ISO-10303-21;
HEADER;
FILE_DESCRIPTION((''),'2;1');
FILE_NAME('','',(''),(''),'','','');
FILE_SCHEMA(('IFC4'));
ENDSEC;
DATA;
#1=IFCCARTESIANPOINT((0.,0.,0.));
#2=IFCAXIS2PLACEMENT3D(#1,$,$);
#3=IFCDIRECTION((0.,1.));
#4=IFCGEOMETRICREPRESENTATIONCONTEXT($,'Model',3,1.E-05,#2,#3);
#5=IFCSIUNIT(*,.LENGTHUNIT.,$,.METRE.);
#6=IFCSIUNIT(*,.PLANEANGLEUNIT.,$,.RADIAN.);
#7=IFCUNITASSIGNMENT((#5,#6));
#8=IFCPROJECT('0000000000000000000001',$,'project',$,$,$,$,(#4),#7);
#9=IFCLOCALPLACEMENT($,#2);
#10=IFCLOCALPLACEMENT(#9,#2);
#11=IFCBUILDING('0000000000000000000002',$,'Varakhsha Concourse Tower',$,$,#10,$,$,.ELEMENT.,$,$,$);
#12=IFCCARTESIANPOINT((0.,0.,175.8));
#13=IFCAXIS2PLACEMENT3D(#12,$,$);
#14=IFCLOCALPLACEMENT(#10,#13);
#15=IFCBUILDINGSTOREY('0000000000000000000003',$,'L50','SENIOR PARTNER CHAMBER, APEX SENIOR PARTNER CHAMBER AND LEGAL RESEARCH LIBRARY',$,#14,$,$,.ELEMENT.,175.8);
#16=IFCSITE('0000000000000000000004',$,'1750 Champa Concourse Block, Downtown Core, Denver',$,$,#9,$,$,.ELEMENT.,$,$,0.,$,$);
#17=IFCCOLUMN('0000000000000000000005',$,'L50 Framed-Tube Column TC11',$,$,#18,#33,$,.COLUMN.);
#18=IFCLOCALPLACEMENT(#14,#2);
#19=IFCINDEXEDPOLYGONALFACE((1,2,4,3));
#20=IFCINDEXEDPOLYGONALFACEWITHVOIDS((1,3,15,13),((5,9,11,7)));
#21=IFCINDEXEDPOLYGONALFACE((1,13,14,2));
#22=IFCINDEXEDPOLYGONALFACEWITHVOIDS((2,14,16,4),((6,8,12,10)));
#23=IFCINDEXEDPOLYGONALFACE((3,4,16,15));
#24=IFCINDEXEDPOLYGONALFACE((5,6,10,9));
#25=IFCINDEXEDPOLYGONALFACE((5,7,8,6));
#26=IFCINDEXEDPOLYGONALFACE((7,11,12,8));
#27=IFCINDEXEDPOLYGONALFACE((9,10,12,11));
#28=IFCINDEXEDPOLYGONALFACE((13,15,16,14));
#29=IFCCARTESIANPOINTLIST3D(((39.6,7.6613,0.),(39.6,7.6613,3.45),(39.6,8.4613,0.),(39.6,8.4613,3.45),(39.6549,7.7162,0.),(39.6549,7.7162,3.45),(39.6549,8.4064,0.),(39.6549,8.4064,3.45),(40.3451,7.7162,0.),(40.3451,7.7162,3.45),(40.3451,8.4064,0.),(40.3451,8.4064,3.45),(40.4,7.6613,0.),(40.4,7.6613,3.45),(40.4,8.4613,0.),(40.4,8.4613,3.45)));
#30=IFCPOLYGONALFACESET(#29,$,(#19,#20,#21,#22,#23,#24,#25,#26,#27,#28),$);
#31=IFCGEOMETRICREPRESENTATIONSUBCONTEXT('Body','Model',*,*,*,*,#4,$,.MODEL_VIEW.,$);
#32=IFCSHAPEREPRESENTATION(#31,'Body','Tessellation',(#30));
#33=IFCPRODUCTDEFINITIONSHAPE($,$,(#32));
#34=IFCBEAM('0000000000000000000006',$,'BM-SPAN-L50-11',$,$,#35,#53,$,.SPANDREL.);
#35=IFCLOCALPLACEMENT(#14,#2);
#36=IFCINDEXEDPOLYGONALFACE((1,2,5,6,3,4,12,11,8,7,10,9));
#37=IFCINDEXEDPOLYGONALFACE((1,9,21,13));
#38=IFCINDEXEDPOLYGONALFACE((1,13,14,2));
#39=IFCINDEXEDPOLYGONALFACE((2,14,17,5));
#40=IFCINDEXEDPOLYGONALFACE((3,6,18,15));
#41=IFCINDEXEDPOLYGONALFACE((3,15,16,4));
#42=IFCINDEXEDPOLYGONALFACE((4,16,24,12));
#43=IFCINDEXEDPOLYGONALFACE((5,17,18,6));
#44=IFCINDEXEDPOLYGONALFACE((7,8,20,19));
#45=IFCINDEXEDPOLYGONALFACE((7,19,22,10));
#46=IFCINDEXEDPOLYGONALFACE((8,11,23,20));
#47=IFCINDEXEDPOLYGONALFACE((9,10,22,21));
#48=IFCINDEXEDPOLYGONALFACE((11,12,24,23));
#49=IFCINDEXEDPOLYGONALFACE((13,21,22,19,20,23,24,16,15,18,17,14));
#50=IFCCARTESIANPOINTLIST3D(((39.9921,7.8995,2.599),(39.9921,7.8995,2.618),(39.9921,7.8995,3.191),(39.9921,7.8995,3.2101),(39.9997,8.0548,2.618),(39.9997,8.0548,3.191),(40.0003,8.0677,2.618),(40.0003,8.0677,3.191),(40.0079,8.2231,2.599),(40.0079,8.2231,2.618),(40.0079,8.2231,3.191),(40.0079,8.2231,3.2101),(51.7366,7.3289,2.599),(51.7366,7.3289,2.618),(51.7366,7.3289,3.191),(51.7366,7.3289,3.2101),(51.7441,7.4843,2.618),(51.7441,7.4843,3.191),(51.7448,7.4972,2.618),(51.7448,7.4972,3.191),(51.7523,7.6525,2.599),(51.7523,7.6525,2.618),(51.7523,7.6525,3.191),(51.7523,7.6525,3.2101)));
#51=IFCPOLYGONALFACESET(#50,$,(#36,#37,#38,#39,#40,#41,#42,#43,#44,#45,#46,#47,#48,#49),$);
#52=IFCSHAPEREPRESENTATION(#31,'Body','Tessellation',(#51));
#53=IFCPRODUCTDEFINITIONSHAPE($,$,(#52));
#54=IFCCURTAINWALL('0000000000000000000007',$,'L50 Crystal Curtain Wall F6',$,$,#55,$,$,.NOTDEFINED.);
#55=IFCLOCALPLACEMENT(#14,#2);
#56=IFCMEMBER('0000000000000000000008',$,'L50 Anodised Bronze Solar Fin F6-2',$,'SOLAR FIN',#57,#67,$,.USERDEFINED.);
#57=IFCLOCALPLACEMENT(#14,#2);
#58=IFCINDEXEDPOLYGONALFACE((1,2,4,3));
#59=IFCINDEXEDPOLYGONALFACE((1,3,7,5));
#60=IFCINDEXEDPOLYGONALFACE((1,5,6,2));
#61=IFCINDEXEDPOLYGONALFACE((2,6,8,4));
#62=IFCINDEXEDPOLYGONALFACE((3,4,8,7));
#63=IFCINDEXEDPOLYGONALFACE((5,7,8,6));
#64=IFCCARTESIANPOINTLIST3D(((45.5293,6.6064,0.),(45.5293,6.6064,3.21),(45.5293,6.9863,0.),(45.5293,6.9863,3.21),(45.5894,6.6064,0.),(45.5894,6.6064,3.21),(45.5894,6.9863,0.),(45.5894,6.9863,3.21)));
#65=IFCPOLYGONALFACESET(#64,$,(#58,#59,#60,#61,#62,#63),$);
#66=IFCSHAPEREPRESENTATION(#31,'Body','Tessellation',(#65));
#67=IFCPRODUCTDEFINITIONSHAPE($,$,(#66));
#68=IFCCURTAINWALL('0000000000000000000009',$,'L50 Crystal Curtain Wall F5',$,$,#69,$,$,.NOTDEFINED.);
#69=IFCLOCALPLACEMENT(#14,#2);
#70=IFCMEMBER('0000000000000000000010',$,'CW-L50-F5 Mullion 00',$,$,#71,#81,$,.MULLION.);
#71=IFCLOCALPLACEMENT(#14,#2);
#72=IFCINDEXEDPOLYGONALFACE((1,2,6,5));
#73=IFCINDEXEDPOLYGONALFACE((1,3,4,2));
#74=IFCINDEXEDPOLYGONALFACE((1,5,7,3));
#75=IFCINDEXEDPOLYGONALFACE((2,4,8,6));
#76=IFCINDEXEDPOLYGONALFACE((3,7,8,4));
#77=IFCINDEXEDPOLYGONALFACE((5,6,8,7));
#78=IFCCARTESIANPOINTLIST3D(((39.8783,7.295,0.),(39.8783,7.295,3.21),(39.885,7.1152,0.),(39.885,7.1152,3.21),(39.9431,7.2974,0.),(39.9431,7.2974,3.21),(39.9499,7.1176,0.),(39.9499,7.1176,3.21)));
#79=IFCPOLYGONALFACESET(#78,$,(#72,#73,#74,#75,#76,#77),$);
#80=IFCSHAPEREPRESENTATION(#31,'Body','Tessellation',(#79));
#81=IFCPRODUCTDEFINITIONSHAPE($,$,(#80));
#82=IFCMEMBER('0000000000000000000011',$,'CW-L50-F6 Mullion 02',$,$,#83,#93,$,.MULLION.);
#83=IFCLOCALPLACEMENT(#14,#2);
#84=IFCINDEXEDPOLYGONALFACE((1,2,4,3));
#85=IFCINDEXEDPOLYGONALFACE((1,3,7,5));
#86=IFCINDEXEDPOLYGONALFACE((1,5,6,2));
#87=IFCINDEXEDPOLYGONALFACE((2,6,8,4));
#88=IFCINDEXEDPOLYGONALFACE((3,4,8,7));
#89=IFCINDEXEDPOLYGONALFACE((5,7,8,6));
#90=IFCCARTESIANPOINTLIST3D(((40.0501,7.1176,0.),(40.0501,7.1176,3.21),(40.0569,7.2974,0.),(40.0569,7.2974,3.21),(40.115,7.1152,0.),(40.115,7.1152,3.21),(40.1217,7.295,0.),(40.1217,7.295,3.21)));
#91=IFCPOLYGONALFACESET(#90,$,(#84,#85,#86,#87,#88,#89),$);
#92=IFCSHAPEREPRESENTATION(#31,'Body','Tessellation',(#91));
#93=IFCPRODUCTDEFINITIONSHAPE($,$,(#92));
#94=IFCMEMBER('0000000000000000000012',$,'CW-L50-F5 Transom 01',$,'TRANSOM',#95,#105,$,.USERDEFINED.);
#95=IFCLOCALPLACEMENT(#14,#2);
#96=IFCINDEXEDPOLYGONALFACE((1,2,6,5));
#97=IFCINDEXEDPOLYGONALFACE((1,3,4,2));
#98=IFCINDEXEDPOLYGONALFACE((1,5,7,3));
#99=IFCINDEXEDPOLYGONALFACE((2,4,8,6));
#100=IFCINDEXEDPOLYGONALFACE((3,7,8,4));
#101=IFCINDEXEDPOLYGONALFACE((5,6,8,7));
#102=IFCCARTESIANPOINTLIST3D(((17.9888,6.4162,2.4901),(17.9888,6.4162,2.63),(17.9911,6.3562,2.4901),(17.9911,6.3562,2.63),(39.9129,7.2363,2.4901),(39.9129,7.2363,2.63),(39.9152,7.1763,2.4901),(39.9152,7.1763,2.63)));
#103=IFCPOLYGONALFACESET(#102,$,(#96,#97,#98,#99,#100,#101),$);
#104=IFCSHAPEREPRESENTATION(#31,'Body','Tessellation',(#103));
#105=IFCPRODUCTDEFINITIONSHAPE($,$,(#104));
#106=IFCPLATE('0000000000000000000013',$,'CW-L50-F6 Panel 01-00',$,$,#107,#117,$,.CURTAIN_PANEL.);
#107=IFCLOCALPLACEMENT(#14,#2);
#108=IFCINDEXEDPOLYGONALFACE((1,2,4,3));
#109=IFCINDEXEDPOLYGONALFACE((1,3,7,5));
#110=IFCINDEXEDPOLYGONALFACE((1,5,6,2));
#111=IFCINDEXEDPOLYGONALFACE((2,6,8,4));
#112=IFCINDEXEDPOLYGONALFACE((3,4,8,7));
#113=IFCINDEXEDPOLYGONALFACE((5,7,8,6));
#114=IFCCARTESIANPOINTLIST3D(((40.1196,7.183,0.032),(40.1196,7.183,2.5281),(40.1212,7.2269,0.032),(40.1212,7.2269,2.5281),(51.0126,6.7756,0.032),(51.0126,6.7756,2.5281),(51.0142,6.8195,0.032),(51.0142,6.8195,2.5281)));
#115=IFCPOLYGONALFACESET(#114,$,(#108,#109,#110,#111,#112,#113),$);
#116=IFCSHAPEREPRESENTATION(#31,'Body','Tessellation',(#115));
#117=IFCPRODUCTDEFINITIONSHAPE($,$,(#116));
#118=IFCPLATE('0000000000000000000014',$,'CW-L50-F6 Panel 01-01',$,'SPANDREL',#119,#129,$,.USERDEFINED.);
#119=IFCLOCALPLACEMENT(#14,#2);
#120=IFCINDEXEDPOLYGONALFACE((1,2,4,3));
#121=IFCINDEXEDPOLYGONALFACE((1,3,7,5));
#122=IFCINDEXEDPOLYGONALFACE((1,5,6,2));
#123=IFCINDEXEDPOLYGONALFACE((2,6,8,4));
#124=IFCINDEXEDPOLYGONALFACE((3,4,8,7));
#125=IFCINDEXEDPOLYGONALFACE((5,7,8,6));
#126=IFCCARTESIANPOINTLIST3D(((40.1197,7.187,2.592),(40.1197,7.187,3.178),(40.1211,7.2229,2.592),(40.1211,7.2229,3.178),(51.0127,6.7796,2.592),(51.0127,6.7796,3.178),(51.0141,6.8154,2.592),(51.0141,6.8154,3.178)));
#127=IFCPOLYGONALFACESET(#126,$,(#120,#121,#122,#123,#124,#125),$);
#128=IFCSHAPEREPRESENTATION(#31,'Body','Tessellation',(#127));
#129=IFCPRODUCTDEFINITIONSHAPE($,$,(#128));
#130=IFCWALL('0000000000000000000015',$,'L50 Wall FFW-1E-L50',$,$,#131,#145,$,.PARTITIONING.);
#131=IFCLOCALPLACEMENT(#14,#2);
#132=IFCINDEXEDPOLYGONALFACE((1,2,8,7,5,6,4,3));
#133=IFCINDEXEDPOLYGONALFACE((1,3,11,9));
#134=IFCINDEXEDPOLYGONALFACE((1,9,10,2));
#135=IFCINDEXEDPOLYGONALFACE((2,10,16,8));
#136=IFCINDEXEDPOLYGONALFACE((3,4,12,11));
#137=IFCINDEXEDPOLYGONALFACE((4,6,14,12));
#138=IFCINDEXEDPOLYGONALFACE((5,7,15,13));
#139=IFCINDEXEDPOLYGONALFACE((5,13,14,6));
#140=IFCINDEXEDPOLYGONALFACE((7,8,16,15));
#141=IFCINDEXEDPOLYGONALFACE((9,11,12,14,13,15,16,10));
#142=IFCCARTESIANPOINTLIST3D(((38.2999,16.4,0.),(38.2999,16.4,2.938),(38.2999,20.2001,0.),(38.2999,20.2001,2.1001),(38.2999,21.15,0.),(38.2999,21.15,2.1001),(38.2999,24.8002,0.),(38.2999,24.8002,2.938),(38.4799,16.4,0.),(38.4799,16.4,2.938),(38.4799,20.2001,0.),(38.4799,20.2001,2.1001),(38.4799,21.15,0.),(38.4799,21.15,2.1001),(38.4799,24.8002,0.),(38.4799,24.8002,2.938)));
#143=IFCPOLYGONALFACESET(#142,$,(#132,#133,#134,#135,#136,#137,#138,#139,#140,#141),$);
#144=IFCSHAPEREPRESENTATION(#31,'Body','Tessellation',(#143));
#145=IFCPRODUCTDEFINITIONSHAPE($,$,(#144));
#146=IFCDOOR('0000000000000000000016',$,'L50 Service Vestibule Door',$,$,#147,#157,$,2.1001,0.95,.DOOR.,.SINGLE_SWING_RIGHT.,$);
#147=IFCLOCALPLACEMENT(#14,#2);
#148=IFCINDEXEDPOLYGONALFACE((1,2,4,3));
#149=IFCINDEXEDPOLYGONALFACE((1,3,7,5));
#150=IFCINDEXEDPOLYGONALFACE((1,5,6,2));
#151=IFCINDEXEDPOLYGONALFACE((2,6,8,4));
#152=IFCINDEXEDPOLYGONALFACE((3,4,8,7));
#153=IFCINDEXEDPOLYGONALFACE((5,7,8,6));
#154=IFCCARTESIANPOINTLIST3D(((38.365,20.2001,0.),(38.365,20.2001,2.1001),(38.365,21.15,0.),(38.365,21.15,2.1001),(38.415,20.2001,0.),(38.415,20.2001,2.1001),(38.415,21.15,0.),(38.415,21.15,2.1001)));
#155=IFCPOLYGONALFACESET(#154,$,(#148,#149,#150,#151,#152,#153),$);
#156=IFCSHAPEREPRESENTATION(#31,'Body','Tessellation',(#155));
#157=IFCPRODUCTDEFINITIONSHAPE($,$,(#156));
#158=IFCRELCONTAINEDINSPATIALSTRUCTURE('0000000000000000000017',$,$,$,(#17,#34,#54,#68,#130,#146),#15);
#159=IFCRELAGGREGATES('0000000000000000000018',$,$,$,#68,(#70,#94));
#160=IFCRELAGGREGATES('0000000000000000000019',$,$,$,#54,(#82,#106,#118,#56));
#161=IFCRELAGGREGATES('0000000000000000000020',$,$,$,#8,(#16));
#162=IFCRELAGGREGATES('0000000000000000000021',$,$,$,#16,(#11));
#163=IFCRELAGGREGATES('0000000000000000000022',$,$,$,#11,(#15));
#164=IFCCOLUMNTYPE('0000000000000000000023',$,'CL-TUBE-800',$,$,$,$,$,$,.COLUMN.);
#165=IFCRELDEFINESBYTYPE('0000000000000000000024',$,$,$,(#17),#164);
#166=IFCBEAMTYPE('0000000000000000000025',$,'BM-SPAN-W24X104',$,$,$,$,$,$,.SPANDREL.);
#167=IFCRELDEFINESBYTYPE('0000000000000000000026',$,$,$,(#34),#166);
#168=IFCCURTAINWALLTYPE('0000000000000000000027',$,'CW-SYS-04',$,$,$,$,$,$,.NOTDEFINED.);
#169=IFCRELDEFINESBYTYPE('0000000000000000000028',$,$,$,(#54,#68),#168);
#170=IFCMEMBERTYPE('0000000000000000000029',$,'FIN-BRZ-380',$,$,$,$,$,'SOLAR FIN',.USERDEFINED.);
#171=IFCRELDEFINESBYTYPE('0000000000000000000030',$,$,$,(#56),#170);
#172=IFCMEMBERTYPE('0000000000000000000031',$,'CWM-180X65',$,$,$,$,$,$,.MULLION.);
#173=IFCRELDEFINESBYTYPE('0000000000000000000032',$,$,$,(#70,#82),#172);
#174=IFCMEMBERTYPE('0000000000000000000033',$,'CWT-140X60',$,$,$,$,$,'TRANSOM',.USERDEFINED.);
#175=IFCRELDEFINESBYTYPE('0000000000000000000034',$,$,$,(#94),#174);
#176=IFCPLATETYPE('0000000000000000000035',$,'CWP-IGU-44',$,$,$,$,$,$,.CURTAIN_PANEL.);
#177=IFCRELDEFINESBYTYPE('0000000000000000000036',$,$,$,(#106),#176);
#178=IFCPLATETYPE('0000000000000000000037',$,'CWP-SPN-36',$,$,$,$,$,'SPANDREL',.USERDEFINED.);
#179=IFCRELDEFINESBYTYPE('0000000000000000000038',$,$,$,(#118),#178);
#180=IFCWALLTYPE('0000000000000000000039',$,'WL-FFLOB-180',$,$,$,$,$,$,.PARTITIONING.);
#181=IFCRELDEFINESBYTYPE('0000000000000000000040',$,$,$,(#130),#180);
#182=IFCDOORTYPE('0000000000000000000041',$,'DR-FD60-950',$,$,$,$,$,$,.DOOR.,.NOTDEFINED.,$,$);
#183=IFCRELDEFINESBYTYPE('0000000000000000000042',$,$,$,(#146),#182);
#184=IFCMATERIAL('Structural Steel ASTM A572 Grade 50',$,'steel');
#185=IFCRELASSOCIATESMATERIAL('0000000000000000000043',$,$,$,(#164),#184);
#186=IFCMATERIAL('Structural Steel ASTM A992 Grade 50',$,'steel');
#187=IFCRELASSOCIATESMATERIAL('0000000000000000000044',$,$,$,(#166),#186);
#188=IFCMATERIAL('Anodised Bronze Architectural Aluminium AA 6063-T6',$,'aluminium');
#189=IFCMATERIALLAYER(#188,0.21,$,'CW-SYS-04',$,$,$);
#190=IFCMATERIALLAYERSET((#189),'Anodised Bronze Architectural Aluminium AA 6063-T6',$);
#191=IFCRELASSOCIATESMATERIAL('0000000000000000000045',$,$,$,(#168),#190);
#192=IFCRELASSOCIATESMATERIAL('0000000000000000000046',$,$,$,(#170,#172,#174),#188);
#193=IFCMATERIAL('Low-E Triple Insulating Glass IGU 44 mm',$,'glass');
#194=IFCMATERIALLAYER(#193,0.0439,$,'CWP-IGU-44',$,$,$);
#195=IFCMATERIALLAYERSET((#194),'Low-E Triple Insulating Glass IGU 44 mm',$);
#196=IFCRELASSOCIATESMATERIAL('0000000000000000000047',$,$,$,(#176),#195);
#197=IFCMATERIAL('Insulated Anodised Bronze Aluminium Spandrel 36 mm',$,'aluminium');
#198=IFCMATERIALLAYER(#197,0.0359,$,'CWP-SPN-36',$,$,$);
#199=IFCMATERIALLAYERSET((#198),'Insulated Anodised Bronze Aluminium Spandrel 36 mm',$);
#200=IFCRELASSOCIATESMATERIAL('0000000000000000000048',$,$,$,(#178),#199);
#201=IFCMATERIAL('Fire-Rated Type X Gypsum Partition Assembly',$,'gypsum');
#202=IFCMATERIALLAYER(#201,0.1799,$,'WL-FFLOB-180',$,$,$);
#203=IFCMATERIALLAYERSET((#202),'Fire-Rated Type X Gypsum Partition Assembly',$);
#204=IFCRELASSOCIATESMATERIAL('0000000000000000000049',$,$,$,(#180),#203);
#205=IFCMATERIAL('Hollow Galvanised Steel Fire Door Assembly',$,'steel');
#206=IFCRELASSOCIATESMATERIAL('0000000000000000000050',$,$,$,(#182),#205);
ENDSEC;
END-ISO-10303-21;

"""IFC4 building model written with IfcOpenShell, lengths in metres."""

from ifc_helpers import new_model, si_unit, direction, frame, frame_2d, origin, origin_2d, place, context, subcontext, project, spatial, rectangle, hollow_rectangle, i_section, extrude, source, transform, mapped, material, layer, layer_set, material_profile, profile_set, type_object, type_shapes, element, fill, aggregate, save


model = new_model("IFC4")

# Units and contexts
model_context = context("Model", 3, precision=1e-05, world=origin(), true_north=direction((0.0, 1.0)))
body_context = subcontext(model_context, "Body", "Model", "MODEL_VIEW")
ifc_project = project(units=[si_unit("LENGTHUNIT", "METRE"), si_unit("PLANEANGLEUNIT", "RADIAN")], contexts=[model_context])

# Site, building, storey
site_placement = place(None, origin())
site = spatial("IfcSite", under=ifc_project, at=site_placement, Name="1750 Champa Concourse Block, Downtown Core, Denver", CompositionType="ELEMENT", RefElevation=0.0)
building_placement = place(site_placement, origin())
building = spatial("IfcBuilding", under=site, at=building_placement, Name="Varakhsha Concourse Tower", CompositionType="ELEMENT")
storey_placement = place(building_placement, frame((0.0, 0.0, 175.8)))
storey = spatial("IfcBuildingStorey", under=building, at=storey_placement, Name="L50", Description="SENIOR PARTNER CHAMBER, APEX SENIOR PARTNER CHAMBER AND LEGAL RESEARCH LIBRARY", CompositionType="ELEMENT", Elevation=175.8)

# Column
ifc_material_1 = material(Name="Structural Steel ASTM A572 Grade 50", Category="steel")
ifc_material_profile_1 = material_profile(ifc_material_1, hollow_rectangle(XDim=0.8, YDim=0.8, WallThickness=0.0549, at=origin_2d()), Name="BOX 800x800x55")
ifc_profile_set_1 = profile_set([ifc_material_profile_1], Name="Structural Steel ASTM A572 Grade 50")
column_type = type_object("IfcColumnType", Name="CL-TUBE-800", PredefinedType="COLUMN", material=ifc_profile_set_1)
column_placement = place(storey_placement, frame((40.0, 8.0613, 0.0), z_axis=(0.0, 0.0, 1.0), x_axis=(1.0, 0.0, 0.0)))
element("IfcColumn", 1, at=column_placement, inside=storey, type_object=column_type, Name="L50 Framed-Tube Column TC11", PredefinedType="COLUMN", context=body_context, shape_type="SweptSolid", body=[
    extrude(hollow_rectangle(XDim=0.8, YDim=0.8, WallThickness=0.0549, at=origin_2d()), origin(), (0.0, 0.0, 1.0), 3.45),
])

# Beam
ifc_material_2 = material(Name="Structural Steel ASTM A992 Grade 50", Category="steel")
ifc_material_profile_2 = material_profile(ifc_material_2, i_section(OverallWidth=0.324, OverallDepth=0.6111, WebThickness=0.0129, FlangeThickness=0.019, at=origin_2d()), Name="W24X104")
ifc_profile_set_2 = profile_set([ifc_material_profile_2], Name="Structural Steel ASTM A992 Grade 50")
beam_type = type_object("IfcBeamType", Name="BM-SPAN-W24X104", PredefinedType="SPANDREL", material=ifc_profile_set_2)
beam_placement = place(storey_placement, frame((40.0, 8.0613, 2.9045), z_axis=(0.998822, -0.048524, 0.0), x_axis=(0.048524, 0.998822, 0.0)))
element("IfcBeam", 2, at=beam_placement, inside=storey, type_object=beam_type, Name="BM-SPAN-L50-11", PredefinedType="SPANDREL", context=body_context, shape_type="SweptSolid", body=[
    extrude(i_section(OverallWidth=0.324, OverallDepth=0.6111, WebThickness=0.0129, FlangeThickness=0.019, at=origin_2d()), origin(), (0.0, 0.0, 1.0), 11.7583),
])

# Curtain walls, members
ifc_material_3 = material(Name="Anodised Bronze Architectural Aluminium AA 6063-T6", Category="aluminium")
ifc_layer_1 = layer(ifc_material_3, 0.21, Name="CW-SYS-04")
ifc_layer_set_1 = layer_set([ifc_layer_1], Name="Anodised Bronze Architectural Aluminium AA 6063-T6")
curtain_wall_type = type_object("IfcCurtainWallType", Name="CW-SYS-04", PredefinedType="NOTDEFINED", material=ifc_layer_set_1)
curtain_wall_1_placement = place(storey_placement, origin())
curtain_wall_1 = element("IfcCurtainWall", 3, at=curtain_wall_1_placement, inside=storey, type_object=curtain_wall_type, Name="L50 Crystal Curtain Wall F6", PredefinedType="NOTDEFINED")
ifc_material_profile_3 = material_profile(ifc_material_3, rectangle(XDim=0.0601, YDim=0.3799, at=origin_2d()), Name="FIN-BRZ-380")
ifc_profile_set_3 = profile_set([ifc_material_profile_3], Name="Anodised Bronze Architectural Aluminium AA 6063-T6")
member_type_1 = type_object("IfcMemberType", Name="FIN-BRZ-380", ElementType="SOLAR FIN", PredefinedType="USERDEFINED", material=ifc_profile_set_3)
shared_shape_1 = source(origin(), body_context, "Body", "SweptSolid", [
    extrude(rectangle(XDim=0.0601, YDim=0.3799, at=origin_2d()), origin(), (0.0, 0.0, 1.0), 3.21),
])
type_shapes(member_type_1, [shared_shape_1])
member_1_placement = place(storey_placement, frame((45.5593, 6.7964, 0.0), z_axis=(0.0, 0.0, 1.0), x_axis=(1.0, 0.0, 0.0)))
member_1 = element("IfcMember", 4, at=member_1_placement, type_object=member_type_1, Name="L50 Anodised Bronze Solar Fin F6-2", ObjectType="SOLAR FIN", PredefinedType="USERDEFINED", context=body_context, shape_type="MappedRepresentation", body=[
    mapped(shared_shape_1, transform((0.0, 0.0, 0.0), scale=1.0)),
])
curtain_wall_2_placement = place(storey_placement, origin())
curtain_wall_2 = element("IfcCurtainWall", 5, at=curtain_wall_2_placement, inside=storey, type_object=curtain_wall_type, Name="L50 Crystal Curtain Wall F5", PredefinedType="NOTDEFINED")
ifc_material_profile_4 = material_profile(ifc_material_3, rectangle(XDim=0.0649, YDim=0.1799, at=origin_2d()), Name="CWM-180X65")
ifc_profile_set_4 = profile_set([ifc_material_profile_4], Name="Anodised Bronze Architectural Aluminium AA 6063-T6")
member_type_2 = type_object("IfcMemberType", Name="CWM-180X65", PredefinedType="MULLION", material=ifc_profile_set_4)
shared_shape_2 = source(origin(), body_context, "Body", "SweptSolid", [
    extrude(rectangle(XDim=0.0649, YDim=0.1799, at=origin_2d()), origin(), (0.0, 0.0, 1.0), 3.21),
])
type_shapes(member_type_2, [shared_shape_2])
member_2_placement = place(storey_placement, frame((39.9141, 7.2063, 0.0), z_axis=(0.0, 0.0, 1.0), x_axis=(-0.999301, -0.037376, 0.0)))
member_2 = element("IfcMember", 6, at=member_2_placement, type_object=member_type_2, Name="CW-L50-F5 Mullion 00", PredefinedType="MULLION", context=body_context, shape_type="MappedRepresentation", body=[
    mapped(shared_shape_2, transform((0.0, 0.0, 0.0), scale=1.0)),
])

# Members
member_3_placement = place(storey_placement, frame((40.0859, 7.2063, 0.0), z_axis=(0.0, 0.0, 1.0), x_axis=(-0.999301, 0.037376, 0.0)))
member_3 = element("IfcMember", 7, at=member_3_placement, type_object=member_type_2, Name="CW-L50-F6 Mullion 02", PredefinedType="MULLION", context=body_context, shape_type="MappedRepresentation", body=[
    mapped(shared_shape_2, transform((0.0, 0.0, 0.0), scale=1.0)),
])
ifc_material_profile_5 = material_profile(ifc_material_3, rectangle(XDim=0.0601, YDim=0.1399, at=origin_2d()), Name="CWT-140X60")
ifc_profile_set_5 = profile_set([ifc_material_profile_5], Name="Anodised Bronze Architectural Aluminium AA 6063-T6")
member_type_3 = type_object("IfcMemberType", Name="CWT-140X60", ElementType="TRANSOM", PredefinedType="USERDEFINED", material=ifc_profile_set_5)
shared_shape_3 = source(origin(), body_context, "Body", "SweptSolid", [
    extrude(rectangle(XDim=0.0601, YDim=0.1399, at=origin_2d()), origin(), (0.0, 0.0, 1.0), 21.9395),
])
type_shapes(member_type_3, [shared_shape_3])
member_4_placement = place(storey_placement, frame((39.9141, 7.2063, 2.5601), z_axis=(-0.999301, -0.037379, 0.0), x_axis=(0.037379, -0.999301, 0.0)))
member_4 = element("IfcMember", 8, at=member_4_placement, type_object=member_type_3, Name="CW-L50-F5 Transom 01", ObjectType="TRANSOM", PredefinedType="USERDEFINED", context=body_context, shape_type="MappedRepresentation", body=[
    mapped(shared_shape_3, transform((0.0, 0.0, 0.0), scale=1.0)),
])
aggregate(curtain_wall_2, [member_2, member_4])

# Plates
ifc_material_4 = material(Name="Low-E Triple Insulating Glass IGU 44 mm", Category="glass")
ifc_layer_2 = layer(ifc_material_4, 0.0439, Name="CWP-IGU-44")
ifc_layer_set_2 = layer_set([ifc_layer_2], Name="Low-E Triple Insulating Glass IGU 44 mm")
plate_type_1 = type_object("IfcPlateType", Name="CWP-IGU-44", PredefinedType="CURTAIN_PANEL", material=ifc_layer_set_2)
shared_shape_4 = source(origin(), body_context, "Body", "SweptSolid", [
    extrude(rectangle(XDim=10.9006, YDim=0.0439, at=origin_2d()), origin(), (0.0, 0.0, 1.0), 2.4961),
])
type_shapes(plate_type_1, [shared_shape_4])
plate_1_placement = place(storey_placement, frame((45.5669, 7.0012, 0.032), z_axis=(0.0, 0.0, 1.0), x_axis=(-0.999301, 0.037376, 0.0)))
plate_1 = element("IfcPlate", 9, at=plate_1_placement, type_object=plate_type_1, Name="CW-L50-F6 Panel 01-00", PredefinedType="CURTAIN_PANEL", context=body_context, shape_type="MappedRepresentation", body=[
    mapped(shared_shape_4, transform((0.0, 0.0, 0.0), scale=1.0)),
])
ifc_material_5 = material(Name="Insulated Anodised Bronze Aluminium Spandrel 36 mm", Category="aluminium")
ifc_layer_3 = layer(ifc_material_5, 0.0359, Name="CWP-SPN-36")
ifc_layer_set_3 = layer_set([ifc_layer_3], Name="Insulated Anodised Bronze Aluminium Spandrel 36 mm")
plate_type_2 = type_object("IfcPlateType", Name="CWP-SPN-36", ElementType="SPANDREL", PredefinedType="USERDEFINED", material=ifc_layer_set_3)
shared_shape_5 = source(origin(), body_context, "Body", "SweptSolid", [
    extrude(rectangle(XDim=10.9006, YDim=0.0359, at=origin_2d()), origin(), (0.0, 0.0, 1.0), 0.5859),
])
type_shapes(plate_type_2, [shared_shape_5])
plate_2_placement = place(storey_placement, frame((45.5669, 7.0012, 2.592), z_axis=(0.0, 0.0, 1.0), x_axis=(-0.999301, 0.037376, 0.0)))
plate_2 = element("IfcPlate", 10, at=plate_2_placement, type_object=plate_type_2, Name="CW-L50-F6 Panel 01-01", ObjectType="SPANDREL", PredefinedType="USERDEFINED", context=body_context, shape_type="MappedRepresentation", body=[
    mapped(shared_shape_5, transform((0.0, 0.0, 0.0), scale=1.0)),
])
aggregate(curtain_wall_1, [member_3, plate_1, plate_2, member_1])

# Wall, opening, door
ifc_material_6 = material(Name="Fire-Rated Type X Gypsum Partition Assembly", Category="gypsum")
ifc_layer_4 = layer(ifc_material_6, 0.1799, Name="WL-FFLOB-180")
ifc_layer_set_4 = layer_set([ifc_layer_4], Name="Fire-Rated Type X Gypsum Partition Assembly")
wall_type_1 = type_object("IfcWallType", Name="WL-FFLOB-180", PredefinedType="PARTITIONING", material=ifc_layer_set_4)
wall_1_placement = place(storey_placement, frame((38.3899, 16.3999, 0.0), z_axis=(0.0, 0.0, 1.0), x_axis=(0.0, 1.0, 0.0)))
wall_1 = element("IfcWall", 11, at=wall_1_placement, inside=storey, type_object=wall_type_1, Name="L50 Wall FFW-1E-L50", PredefinedType="PARTITIONING", context=body_context, shape_type="SweptSolid", body=[
    extrude(rectangle(XDim=8.4001, YDim=0.1799, at=frame_2d((4.2002, 0.0))), origin(), (0.0, 0.0, 1.0), 2.938),
])
opening_1_placement = place(wall_1_placement, frame((3.8, 0.0, 0.0)))
opening_1 = element("IfcOpeningElement", 12, at=opening_1_placement, cuts=wall_1, PredefinedType="OPENING", context=body_context, shape_type="SweptSolid", body=[
    extrude(rectangle(XDim=0.95, YDim=2.1001, at=frame_2d((0.4751, 1.05))), frame((0.0, 0.0999, 0.0), z_axis=(0.0, -1.0, 0.0), x_axis=(1.0, 0.0, 0.0)), (0.0, 0.0, 1.0), 0.2),
])
ifc_material_7 = material(Name="Hollow Galvanised Steel Fire Door Assembly", Category="steel")
door_type_1 = type_object("IfcDoorType", Name="DR-FD60-950", OperationType="NOTDEFINED", PredefinedType="DOOR", material=ifc_material_7)
door_1_placement = place(opening_1_placement, origin())
door_1 = element("IfcDoor", 13, at=door_1_placement, inside=storey, type_object=door_type_1, Name="L50 Service Vestibule Door", OperationType="SINGLE_SWING_RIGHT", OverallHeight=2.1001, OverallWidth=0.95, PredefinedType="DOOR", context=body_context, shape_type="SweptSolid", body=[
    extrude(rectangle(XDim=0.95, YDim=2.1001, at=frame_2d((0.4751, 1.05))), frame((0.0, 0.0249, 0.0), z_axis=(0.0, -1.0, 0.0), x_axis=(1.0, 0.0, 0.0)), (0.0, 0.0, 1.0), 0.05),
])
fill(opening_1, door_1)

save(model, "model.ifc")
